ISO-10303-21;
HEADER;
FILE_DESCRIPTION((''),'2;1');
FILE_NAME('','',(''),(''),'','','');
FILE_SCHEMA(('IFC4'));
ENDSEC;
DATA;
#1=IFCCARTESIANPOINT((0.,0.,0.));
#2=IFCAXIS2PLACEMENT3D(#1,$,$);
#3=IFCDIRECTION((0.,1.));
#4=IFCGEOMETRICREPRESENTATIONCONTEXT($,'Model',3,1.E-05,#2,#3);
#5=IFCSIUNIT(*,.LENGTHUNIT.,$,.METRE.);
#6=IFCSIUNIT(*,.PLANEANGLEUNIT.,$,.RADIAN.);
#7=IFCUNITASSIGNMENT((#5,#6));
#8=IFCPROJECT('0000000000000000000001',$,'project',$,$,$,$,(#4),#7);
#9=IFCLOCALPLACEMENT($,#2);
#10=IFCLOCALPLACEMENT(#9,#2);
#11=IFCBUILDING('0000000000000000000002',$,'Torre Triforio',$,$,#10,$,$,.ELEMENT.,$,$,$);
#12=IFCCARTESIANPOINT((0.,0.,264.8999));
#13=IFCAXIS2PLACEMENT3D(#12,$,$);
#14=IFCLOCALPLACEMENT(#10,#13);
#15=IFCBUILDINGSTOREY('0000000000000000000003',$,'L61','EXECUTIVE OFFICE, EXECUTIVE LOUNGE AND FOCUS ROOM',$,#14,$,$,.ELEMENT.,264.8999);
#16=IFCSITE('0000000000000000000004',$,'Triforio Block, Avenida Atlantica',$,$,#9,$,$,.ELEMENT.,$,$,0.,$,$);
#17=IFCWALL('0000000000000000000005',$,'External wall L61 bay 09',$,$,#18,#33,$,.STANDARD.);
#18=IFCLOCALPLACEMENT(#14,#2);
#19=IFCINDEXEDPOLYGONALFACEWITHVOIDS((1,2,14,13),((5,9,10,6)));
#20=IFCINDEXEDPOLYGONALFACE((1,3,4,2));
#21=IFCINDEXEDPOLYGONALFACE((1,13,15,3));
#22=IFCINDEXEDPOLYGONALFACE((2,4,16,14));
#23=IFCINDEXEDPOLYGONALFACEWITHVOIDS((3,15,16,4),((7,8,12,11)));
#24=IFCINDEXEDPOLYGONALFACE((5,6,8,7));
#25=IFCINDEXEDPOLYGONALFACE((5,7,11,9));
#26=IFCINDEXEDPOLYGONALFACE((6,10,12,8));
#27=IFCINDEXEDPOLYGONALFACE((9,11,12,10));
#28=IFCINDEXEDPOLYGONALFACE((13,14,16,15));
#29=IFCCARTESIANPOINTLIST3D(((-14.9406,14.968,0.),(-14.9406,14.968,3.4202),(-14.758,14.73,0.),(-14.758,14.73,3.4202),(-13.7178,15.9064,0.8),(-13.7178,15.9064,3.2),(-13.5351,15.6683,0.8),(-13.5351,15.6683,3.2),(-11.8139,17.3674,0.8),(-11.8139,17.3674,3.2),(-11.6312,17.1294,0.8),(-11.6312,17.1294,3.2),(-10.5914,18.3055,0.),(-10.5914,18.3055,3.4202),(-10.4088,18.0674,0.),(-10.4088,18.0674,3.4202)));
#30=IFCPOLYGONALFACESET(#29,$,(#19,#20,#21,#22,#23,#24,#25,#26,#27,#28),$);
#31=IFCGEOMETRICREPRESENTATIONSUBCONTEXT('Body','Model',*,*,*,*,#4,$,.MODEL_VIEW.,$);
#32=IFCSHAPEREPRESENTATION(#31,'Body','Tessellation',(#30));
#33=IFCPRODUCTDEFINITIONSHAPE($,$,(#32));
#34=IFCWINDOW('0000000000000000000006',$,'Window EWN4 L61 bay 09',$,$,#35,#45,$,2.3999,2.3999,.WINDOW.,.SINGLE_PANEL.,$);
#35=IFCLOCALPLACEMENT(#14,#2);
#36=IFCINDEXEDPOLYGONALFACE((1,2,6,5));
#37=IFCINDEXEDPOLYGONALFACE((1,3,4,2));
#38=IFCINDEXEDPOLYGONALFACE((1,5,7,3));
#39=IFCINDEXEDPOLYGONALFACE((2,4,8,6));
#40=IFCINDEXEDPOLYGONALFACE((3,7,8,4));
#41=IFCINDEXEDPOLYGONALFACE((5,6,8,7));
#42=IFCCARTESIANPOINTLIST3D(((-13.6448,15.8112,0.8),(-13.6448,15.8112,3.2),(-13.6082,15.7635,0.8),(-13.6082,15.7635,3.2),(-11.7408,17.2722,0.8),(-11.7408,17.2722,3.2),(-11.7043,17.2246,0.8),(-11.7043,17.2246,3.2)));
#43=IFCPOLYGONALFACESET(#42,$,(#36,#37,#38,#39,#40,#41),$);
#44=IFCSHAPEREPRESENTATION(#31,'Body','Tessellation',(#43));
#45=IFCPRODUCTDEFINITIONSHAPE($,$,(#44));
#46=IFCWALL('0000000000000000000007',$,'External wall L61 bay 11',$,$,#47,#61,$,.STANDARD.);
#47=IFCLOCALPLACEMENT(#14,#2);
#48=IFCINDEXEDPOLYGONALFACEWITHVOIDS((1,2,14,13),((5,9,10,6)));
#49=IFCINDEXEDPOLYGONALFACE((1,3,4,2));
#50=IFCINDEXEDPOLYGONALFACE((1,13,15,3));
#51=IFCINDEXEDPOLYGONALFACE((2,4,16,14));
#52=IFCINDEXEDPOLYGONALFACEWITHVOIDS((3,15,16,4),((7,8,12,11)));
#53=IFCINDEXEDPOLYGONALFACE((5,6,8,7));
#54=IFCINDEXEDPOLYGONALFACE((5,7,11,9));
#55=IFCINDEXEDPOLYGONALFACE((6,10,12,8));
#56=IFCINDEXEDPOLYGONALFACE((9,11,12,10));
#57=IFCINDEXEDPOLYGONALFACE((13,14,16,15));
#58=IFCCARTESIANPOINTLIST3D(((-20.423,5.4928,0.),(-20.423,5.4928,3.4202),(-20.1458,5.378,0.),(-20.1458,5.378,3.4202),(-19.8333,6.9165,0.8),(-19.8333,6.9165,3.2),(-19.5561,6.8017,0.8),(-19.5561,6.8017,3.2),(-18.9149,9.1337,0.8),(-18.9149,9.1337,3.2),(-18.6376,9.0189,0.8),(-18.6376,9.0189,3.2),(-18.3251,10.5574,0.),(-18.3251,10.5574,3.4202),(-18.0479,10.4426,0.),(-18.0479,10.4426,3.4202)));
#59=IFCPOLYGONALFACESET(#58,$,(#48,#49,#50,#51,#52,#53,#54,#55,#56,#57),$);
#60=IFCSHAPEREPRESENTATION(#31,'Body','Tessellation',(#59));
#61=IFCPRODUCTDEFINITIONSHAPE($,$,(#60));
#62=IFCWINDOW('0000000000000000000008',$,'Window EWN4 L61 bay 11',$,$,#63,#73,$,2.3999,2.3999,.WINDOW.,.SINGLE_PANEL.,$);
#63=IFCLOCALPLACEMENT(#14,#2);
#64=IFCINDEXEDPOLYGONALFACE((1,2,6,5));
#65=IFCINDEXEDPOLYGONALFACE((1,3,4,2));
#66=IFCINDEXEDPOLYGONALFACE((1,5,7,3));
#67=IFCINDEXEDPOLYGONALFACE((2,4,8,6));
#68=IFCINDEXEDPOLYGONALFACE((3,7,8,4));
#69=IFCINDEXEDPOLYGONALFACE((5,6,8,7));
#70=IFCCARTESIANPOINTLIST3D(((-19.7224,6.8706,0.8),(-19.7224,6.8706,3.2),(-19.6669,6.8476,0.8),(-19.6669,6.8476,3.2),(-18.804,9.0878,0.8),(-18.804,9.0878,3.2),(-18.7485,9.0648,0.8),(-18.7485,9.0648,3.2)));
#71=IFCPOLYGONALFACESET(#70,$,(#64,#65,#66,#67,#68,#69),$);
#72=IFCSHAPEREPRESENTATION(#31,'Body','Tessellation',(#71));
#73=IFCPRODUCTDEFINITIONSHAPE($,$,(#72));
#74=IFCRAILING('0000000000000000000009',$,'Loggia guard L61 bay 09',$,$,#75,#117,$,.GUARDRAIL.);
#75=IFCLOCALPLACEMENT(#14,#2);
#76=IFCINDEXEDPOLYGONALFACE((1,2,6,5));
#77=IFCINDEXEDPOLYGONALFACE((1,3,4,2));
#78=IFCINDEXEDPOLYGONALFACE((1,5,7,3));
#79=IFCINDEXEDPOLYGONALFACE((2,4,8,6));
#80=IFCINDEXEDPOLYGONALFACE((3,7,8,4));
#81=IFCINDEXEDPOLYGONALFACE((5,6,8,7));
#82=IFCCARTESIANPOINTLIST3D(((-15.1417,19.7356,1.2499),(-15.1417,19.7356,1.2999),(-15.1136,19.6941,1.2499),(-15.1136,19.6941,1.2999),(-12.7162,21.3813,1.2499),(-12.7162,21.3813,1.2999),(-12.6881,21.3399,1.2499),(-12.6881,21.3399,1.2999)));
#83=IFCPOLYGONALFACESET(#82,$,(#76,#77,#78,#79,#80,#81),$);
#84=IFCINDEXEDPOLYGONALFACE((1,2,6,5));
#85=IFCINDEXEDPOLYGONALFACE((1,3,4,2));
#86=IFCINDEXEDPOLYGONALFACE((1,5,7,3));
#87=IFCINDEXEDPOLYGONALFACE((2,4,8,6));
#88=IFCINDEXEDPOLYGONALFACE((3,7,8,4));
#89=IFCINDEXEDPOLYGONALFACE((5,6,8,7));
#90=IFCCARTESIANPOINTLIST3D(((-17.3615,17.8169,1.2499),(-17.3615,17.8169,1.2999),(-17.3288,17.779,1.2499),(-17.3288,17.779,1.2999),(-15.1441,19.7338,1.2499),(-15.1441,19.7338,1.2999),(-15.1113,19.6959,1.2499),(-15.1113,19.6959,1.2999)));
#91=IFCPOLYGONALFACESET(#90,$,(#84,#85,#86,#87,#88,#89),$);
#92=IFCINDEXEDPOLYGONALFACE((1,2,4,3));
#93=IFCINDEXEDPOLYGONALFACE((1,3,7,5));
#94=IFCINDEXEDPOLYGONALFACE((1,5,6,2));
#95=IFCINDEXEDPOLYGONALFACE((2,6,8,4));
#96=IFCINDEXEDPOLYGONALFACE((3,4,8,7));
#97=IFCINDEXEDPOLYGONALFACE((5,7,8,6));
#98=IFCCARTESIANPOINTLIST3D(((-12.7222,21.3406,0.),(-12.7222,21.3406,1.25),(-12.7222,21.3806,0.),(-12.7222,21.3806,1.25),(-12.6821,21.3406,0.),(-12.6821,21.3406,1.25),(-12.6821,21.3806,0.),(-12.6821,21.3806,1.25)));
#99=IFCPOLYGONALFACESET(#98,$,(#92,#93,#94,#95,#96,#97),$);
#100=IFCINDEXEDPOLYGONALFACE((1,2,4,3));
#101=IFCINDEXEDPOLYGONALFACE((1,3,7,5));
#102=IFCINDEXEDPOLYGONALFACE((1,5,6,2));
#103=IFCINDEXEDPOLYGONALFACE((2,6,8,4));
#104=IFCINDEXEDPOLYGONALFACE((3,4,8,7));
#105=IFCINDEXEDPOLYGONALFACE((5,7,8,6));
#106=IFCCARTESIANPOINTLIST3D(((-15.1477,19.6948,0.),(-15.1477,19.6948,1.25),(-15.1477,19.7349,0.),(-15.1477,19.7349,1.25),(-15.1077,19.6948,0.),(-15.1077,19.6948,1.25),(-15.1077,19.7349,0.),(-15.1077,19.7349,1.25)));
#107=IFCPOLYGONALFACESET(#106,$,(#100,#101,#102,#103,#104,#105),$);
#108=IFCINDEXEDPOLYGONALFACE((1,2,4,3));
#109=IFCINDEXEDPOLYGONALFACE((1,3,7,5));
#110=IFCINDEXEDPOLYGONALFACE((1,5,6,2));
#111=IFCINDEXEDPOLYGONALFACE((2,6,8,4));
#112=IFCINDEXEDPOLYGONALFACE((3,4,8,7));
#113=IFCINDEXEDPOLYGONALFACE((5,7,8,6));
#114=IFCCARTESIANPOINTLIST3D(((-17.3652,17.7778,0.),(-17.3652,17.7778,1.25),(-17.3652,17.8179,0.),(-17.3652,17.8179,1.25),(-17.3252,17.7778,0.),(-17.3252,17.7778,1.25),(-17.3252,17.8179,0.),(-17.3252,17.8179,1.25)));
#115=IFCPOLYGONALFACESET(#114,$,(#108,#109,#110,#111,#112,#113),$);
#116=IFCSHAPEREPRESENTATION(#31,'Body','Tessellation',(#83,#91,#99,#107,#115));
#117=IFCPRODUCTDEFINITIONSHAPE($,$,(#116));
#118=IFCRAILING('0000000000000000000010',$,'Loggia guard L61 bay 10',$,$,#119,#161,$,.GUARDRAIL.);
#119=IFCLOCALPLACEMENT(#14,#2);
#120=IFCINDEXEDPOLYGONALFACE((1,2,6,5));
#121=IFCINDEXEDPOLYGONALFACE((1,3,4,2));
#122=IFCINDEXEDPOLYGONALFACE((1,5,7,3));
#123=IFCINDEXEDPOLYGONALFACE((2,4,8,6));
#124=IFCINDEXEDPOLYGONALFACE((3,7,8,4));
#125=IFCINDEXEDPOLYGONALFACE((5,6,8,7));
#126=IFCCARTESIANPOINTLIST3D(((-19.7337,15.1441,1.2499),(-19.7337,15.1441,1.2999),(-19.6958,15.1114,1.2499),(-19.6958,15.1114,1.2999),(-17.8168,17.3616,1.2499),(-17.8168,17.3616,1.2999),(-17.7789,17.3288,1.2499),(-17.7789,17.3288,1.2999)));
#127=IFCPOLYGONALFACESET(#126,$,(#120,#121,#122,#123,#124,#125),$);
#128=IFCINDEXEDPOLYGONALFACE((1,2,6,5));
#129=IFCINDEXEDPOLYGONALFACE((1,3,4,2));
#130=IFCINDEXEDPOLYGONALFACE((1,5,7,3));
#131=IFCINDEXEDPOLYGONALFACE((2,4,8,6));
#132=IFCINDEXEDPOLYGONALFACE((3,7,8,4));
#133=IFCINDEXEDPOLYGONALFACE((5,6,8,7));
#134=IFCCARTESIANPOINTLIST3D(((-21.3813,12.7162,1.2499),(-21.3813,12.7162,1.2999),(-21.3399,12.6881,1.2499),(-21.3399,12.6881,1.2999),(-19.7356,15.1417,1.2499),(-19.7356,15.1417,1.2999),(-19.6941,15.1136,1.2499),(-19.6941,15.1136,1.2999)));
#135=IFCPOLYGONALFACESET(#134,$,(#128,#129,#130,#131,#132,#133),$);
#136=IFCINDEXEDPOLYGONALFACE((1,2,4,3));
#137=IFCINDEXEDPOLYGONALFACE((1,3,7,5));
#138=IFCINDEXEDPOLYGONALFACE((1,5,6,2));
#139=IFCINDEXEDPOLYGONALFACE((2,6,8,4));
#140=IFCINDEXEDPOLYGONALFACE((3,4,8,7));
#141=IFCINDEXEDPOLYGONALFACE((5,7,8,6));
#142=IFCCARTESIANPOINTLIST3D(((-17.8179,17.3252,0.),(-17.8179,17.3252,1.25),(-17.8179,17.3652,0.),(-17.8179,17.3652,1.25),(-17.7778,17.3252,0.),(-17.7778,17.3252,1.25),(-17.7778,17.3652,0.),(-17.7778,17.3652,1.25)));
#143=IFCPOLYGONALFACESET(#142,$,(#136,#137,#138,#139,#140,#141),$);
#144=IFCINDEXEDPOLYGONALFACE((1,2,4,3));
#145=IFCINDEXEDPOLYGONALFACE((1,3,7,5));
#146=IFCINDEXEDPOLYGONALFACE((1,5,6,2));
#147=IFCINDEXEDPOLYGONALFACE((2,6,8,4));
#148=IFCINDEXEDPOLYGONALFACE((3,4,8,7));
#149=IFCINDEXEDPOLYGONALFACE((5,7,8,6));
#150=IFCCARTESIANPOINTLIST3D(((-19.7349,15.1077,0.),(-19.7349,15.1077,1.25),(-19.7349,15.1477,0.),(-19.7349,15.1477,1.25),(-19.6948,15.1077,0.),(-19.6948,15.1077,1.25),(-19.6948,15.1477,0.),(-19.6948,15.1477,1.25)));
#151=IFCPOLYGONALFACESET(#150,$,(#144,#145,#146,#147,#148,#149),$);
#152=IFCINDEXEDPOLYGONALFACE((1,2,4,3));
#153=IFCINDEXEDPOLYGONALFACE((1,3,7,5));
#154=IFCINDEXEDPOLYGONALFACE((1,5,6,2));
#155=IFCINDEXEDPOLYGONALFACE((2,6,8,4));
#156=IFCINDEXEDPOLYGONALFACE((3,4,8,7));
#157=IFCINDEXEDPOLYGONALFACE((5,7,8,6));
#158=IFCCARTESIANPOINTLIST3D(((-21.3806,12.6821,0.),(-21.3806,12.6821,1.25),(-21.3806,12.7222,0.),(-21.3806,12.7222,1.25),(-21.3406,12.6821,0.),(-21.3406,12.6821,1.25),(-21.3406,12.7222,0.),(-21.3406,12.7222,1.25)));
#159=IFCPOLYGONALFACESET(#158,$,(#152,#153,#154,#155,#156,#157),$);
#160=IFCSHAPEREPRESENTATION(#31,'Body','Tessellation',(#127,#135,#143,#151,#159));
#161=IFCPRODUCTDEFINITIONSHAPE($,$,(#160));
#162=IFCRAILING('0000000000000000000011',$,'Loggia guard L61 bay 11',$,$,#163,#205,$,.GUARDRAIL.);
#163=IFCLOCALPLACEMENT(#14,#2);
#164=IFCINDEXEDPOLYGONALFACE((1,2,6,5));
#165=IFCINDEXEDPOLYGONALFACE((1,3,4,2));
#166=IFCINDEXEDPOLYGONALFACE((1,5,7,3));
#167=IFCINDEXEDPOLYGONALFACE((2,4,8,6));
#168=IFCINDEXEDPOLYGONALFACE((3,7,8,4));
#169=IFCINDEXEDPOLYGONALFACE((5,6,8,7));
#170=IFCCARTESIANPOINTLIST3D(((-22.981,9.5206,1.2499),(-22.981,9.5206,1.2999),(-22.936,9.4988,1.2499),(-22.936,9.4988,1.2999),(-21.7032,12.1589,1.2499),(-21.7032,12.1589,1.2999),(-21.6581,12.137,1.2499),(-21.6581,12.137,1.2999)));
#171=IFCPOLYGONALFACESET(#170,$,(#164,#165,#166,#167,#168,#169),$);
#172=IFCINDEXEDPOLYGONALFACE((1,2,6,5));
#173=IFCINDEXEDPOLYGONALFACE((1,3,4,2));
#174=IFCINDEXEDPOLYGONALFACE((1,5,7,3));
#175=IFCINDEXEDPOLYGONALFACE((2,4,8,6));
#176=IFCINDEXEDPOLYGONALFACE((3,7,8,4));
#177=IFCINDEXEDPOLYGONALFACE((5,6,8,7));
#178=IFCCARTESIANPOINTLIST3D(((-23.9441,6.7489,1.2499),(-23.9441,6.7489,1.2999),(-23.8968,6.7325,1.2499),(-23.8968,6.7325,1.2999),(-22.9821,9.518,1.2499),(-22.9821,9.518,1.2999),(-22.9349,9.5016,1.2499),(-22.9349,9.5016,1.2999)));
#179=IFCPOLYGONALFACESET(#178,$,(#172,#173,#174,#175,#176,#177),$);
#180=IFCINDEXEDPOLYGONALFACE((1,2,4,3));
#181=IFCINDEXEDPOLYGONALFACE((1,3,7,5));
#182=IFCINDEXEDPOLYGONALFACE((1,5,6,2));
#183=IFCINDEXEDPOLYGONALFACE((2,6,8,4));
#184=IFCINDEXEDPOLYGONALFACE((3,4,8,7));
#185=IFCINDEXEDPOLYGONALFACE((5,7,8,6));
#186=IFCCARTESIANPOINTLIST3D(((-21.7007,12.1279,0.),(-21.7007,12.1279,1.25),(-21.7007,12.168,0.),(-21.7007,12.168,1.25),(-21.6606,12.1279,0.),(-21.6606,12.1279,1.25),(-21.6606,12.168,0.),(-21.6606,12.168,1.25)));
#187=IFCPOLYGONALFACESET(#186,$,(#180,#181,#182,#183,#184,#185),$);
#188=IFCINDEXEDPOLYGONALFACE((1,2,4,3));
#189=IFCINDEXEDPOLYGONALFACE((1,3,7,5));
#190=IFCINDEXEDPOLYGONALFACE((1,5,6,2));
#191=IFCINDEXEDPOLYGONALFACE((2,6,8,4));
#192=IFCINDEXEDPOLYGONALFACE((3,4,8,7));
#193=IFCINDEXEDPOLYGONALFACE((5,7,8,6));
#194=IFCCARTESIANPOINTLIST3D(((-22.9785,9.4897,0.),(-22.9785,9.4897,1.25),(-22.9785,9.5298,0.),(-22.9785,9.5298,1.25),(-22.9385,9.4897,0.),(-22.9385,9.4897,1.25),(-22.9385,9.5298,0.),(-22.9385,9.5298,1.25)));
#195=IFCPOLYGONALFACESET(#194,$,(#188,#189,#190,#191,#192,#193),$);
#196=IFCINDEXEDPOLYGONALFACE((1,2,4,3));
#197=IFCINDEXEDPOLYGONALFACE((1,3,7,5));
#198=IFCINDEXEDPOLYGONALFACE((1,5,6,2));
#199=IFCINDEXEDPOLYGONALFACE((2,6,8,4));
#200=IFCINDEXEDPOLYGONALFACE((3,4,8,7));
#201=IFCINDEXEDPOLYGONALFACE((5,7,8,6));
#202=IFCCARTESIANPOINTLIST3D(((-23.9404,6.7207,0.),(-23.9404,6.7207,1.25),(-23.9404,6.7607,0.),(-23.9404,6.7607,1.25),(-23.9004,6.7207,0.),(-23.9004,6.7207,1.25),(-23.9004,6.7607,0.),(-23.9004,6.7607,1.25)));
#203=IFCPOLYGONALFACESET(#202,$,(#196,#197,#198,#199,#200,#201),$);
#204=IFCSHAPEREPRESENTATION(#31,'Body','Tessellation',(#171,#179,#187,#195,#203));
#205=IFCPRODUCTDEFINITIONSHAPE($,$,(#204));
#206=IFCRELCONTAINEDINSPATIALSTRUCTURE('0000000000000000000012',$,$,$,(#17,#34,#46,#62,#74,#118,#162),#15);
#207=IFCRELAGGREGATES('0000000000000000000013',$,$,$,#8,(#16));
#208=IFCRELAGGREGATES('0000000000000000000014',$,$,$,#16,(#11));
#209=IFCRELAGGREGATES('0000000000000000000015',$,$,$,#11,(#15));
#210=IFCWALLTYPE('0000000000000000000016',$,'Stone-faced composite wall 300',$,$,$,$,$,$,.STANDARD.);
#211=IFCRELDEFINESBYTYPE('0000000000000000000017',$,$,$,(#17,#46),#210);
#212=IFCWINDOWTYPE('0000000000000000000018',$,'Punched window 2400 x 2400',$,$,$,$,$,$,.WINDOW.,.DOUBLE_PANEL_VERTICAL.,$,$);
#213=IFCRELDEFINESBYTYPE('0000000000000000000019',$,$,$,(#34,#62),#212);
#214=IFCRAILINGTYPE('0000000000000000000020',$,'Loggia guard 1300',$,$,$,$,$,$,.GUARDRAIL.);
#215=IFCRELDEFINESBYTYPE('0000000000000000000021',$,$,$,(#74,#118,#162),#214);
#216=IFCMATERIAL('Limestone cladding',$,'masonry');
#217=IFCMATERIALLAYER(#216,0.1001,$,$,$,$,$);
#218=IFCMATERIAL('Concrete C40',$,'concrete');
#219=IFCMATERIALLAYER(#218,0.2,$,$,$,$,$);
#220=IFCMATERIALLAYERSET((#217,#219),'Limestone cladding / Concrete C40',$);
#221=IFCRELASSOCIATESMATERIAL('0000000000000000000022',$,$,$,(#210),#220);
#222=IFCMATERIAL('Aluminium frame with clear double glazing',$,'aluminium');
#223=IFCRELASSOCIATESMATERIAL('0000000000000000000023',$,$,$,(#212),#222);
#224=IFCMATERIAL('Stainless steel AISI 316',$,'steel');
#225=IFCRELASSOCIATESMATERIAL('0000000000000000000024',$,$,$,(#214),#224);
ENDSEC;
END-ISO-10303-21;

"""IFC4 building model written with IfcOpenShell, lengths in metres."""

from ifc_helpers import new_model, si_unit, direction, frame, frame_2d, origin, origin_2d, place, context, subcontext, project, spatial, rectangle, extrude, material, layer, layer_set, type_object, element, fill, save


model = new_model("IFC4")

# Units and contexts
model_context = context("Model", 3, precision=1e-05, world=origin(), true_north=direction((0.0, 1.0)))
body_context = subcontext(model_context, "Body", "Model", "MODEL_VIEW")
ifc_project = project(units=[si_unit("LENGTHUNIT", "METRE"), si_unit("PLANEANGLEUNIT", "RADIAN")], contexts=[model_context])

# Site, building, storey
site_placement = place(None, origin())
site = spatial("IfcSite", under=ifc_project, at=site_placement, Name="Triforio Block, Avenida Atlantica", CompositionType="ELEMENT", RefElevation=0.0)
building_placement = place(site_placement, origin())
building = spatial("IfcBuilding", under=site, at=building_placement, Name="Torre Triforio", CompositionType="ELEMENT")
storey_placement = place(building_placement, frame((0.0, 0.0, 264.8999)))
storey = spatial("IfcBuildingStorey", under=building, at=storey_placement, Name="L61", Description="EXECUTIVE OFFICE, EXECUTIVE LOUNGE AND FOCUS ROOM", CompositionType="ELEMENT", Elevation=264.8999)

# Shared definitions
ifc_material_1 = material(Name="Concrete C40", Category="concrete")

# Shared definitions
ifc_material_2 = material(Name="Limestone cladding", Category="masonry")

# Wall, opening, window
ifc_layer_1 = layer(ifc_material_2, 0.1001)
ifc_layer_2 = layer(ifc_material_1, 0.2)
ifc_layer_set_1 = layer_set([ifc_layer_1, ifc_layer_2], Name="Limestone cladding / Concrete C40")
wall_type_1 = type_object("IfcWallType", Name="Stone-faced composite wall 300", PredefinedType="STANDARD", material=ifc_layer_set_1)
wall_1_placement = place(storey_placement, frame((-10.5, 18.1865, 0.0), z_axis=(0.0, 0.0, 1.0), x_axis=(-0.793335, -0.608785, 0.0)))
wall_1 = element("IfcWall", 1, at=wall_1_placement, inside=storey, type_object=wall_type_1, Name="External wall L61 bay 09", PredefinedType="STANDARD", context=body_context, shape_type="SweptSolid", body=[
    extrude(rectangle(XDim=5.4822, YDim=0.3, at=frame_2d((2.7412, 0.0))), origin(), (0.0, 0.0, 1.0), 3.4202),
])
opening_1_placement = place(wall_1_placement, frame((1.541, 0.0, 0.8)))
opening_1 = element("IfcOpeningElement", 2, at=opening_1_placement, cuts=wall_1, PredefinedType="OPENING", context=body_context, shape_type="SweptSolid", body=[
    extrude(rectangle(XDim=2.3999, YDim=2.3999, at=frame_2d((1.2, 1.2))), frame((0.0, 0.1599, 0.0), z_axis=(0.0, -1.0, 0.0), x_axis=(1.0, 0.0, 0.0)), (0.0, 0.0, 1.0), 0.3201),
])
ifc_material_3 = material(Name="Aluminium frame with clear double glazing", Category="aluminium")
window_type_1 = type_object("IfcWindowType", Name="Punched window 2400 x 2400", PartitioningType="DOUBLE_PANEL_VERTICAL", PredefinedType="WINDOW", material=ifc_material_3)
window_1_placement = place(opening_1_placement, origin())
window_1 = element("IfcWindow", 3, at=window_1_placement, inside=storey, type_object=window_type_1, Name="Window EWN4 L61 bay 09", OverallHeight=2.3999, OverallWidth=2.3999, PartitioningType="SINGLE_PANEL", PredefinedType="WINDOW", context=body_context, shape_type="SweptSolid", body=[
    extrude(rectangle(XDim=2.3999, YDim=2.3999, at=frame_2d((1.2, 1.2))), frame((0.0, 0.03, 0.0), z_axis=(0.0, -1.0, 0.0), x_axis=(1.0, 0.0, 0.0)), (0.0, 0.0, 1.0), 0.0601),
])
fill(opening_1, window_1)

# Wall, opening, window
wall_2_placement = place(storey_placement, frame((-18.1865, 10.5, 0.0), z_axis=(0.0, 0.0, 1.0), x_axis=(-0.382689, -0.923877, 0.0)))
wall_2 = element("IfcWall", 4, at=wall_2_placement, inside=storey, type_object=wall_type_1, Name="External wall L61 bay 11", PredefinedType="STANDARD", context=body_context, shape_type="SweptSolid", body=[
    extrude(rectangle(XDim=5.4819, YDim=0.3, at=frame_2d((2.741, 0.0))), origin(), (0.0, 0.0, 1.0), 3.4202),
])
opening_2_placement = place(wall_2_placement, frame((1.541, 0.0, 0.8)))
opening_2 = element("IfcOpeningElement", 5, at=opening_2_placement, cuts=wall_2, PredefinedType="OPENING", context=body_context, shape_type="SweptSolid", body=[
    extrude(rectangle(XDim=2.3999, YDim=2.3999, at=frame_2d((1.2, 1.2))), frame((0.0, 0.1599, 0.0), z_axis=(0.0, -1.0, 0.0), x_axis=(1.0, 0.0, 0.0)), (0.0, 0.0, 1.0), 0.3201),
])
window_2_placement = place(opening_2_placement, origin())
window_2 = element("IfcWindow", 6, at=window_2_placement, inside=storey, type_object=window_type_1, Name="Window EWN4 L61 bay 11", OverallHeight=2.3999, OverallWidth=2.3999, PartitioningType="SINGLE_PANEL", PredefinedType="WINDOW", context=body_context, shape_type="SweptSolid", body=[
    extrude(rectangle(XDim=2.3999, YDim=2.3999, at=frame_2d((1.2, 1.2))), frame((0.0, 0.03, 0.0), z_axis=(0.0, -1.0, 0.0), x_axis=(1.0, 0.0, 0.0)), (0.0, 0.0, 1.0), 0.0601),
])
fill(opening_2, window_2)

# Railings
ifc_material_4 = material(Name="Stainless steel AISI 316", Category="steel")
railing_type = type_object("IfcRailingType", Name="Loggia guard 1300", PredefinedType="GUARDRAIL", material=ifc_material_4)
railing_1_placement = place(storey_placement, frame((-12.7021, 21.3606, 0.0)))
element("IfcRailing", 7, at=railing_1_placement, inside=storey, type_object=railing_type, Name="Loggia guard L61 bay 09", PredefinedType="GUARDRAIL", context=body_context, shape_type="SweptSolid", body=[
    extrude(rectangle(XDim=0.05, YDim=0.05, at=origin_2d()), frame((0.0, 0.0, 1.2749), z_axis=(-0.827499, -0.561467, 0.0), x_axis=(0.561467, -0.827499, 0.0)), (0.0, 0.0, 1.0), 2.9312),
    extrude(rectangle(XDim=0.05, YDim=0.05, at=origin_2d()), frame((-2.4255, -1.6458, 1.2749), z_axis=(-0.75651, -0.653982, 0.0), x_axis=(0.653982, -0.75651, 0.0)), (0.0, 0.0, 1.0), 2.9312),
    extrude(rectangle(XDim=0.04, YDim=0.04, at=origin_2d()), origin(), (0.0, 0.0, 1.0), 1.25),
    extrude(rectangle(XDim=0.04, YDim=0.04, at=origin_2d()), frame((-2.4255, -1.6458, 0.0)), (0.0, 0.0, 1.0), 1.25),
    extrude(rectangle(XDim=0.04, YDim=0.04, at=origin_2d()), frame((-4.6431, -3.5627, 0.0)), (0.0, 0.0, 1.0), 1.25),
])
railing_2_placement = place(storey_placement, frame((-17.7979, 17.3452, 0.0)))
element("IfcRailing", 8, at=railing_2_placement, inside=storey, type_object=railing_type, Name="Loggia guard L61 bay 10", PredefinedType="GUARDRAIL", context=body_context, shape_type="SweptSolid", body=[
    extrude(rectangle(XDim=0.05, YDim=0.05, at=origin_2d()), frame((0.0, 0.0, 1.2749), z_axis=(-0.653982, -0.75651, 0.0), x_axis=(0.75651, -0.653982, 0.0)), (0.0, 0.0, 1.0), 2.9312),
    extrude(rectangle(XDim=0.05, YDim=0.05, at=origin_2d()), frame((-1.917, -2.2175, 1.2749), z_axis=(-0.561467, -0.827499, 0.0), x_axis=(0.827499, -0.561467, 0.0)), (0.0, 0.0, 1.0), 2.9312),
    extrude(rectangle(XDim=0.04, YDim=0.04, at=origin_2d()), origin(), (0.0, 0.0, 1.0), 1.25),
    extrude(rectangle(XDim=0.04, YDim=0.04, at=origin_2d()), frame((-1.917, -2.2175, 0.0)), (0.0, 0.0, 1.0), 1.25),
    extrude(rectangle(XDim=0.04, YDim=0.04, at=origin_2d()), frame((-3.5627, -4.6431, 0.0)), (0.0, 0.0, 1.0), 1.25),
])
railing_3_placement = place(storey_placement, frame((-21.6807, 12.1479, 0.0)))
element("IfcRailing", 9, at=railing_3_placement, inside=storey, type_object=railing_type, Name="Loggia guard L61 bay 11", PredefinedType="GUARDRAIL", context=body_context, shape_type="SweptSolid", body=[
    extrude(rectangle(XDim=0.05, YDim=0.05, at=origin_2d()), frame((0.0, 0.0, 1.2749), z_axis=(-0.435918, -0.899986, 0.0), x_axis=(0.899986, -0.435918, 0.0)), (0.0, 0.0, 1.0), 2.9314),
    extrude(rectangle(XDim=0.05, YDim=0.05, at=origin_2d()), frame((-1.2778, -2.6382, 1.2749), z_axis=(-0.328146, -0.944627, 0.0), x_axis=(0.944627, -0.328146, 0.0)), (0.0, 0.0, 1.0), 2.9314),
    extrude(rectangle(XDim=0.04, YDim=0.04, at=origin_2d()), origin(), (0.0, 0.0, 1.0), 1.25),
    extrude(rectangle(XDim=0.04, YDim=0.04, at=origin_2d()), frame((-1.2778, -2.6382, 0.0)), (0.0, 0.0, 1.0), 1.25),
    extrude(rectangle(XDim=0.04, YDim=0.04, at=origin_2d()), frame((-2.2397, -5.4072, 0.0)), (0.0, 0.0, 1.0), 1.25),
])

save(model, "model.ifc")
